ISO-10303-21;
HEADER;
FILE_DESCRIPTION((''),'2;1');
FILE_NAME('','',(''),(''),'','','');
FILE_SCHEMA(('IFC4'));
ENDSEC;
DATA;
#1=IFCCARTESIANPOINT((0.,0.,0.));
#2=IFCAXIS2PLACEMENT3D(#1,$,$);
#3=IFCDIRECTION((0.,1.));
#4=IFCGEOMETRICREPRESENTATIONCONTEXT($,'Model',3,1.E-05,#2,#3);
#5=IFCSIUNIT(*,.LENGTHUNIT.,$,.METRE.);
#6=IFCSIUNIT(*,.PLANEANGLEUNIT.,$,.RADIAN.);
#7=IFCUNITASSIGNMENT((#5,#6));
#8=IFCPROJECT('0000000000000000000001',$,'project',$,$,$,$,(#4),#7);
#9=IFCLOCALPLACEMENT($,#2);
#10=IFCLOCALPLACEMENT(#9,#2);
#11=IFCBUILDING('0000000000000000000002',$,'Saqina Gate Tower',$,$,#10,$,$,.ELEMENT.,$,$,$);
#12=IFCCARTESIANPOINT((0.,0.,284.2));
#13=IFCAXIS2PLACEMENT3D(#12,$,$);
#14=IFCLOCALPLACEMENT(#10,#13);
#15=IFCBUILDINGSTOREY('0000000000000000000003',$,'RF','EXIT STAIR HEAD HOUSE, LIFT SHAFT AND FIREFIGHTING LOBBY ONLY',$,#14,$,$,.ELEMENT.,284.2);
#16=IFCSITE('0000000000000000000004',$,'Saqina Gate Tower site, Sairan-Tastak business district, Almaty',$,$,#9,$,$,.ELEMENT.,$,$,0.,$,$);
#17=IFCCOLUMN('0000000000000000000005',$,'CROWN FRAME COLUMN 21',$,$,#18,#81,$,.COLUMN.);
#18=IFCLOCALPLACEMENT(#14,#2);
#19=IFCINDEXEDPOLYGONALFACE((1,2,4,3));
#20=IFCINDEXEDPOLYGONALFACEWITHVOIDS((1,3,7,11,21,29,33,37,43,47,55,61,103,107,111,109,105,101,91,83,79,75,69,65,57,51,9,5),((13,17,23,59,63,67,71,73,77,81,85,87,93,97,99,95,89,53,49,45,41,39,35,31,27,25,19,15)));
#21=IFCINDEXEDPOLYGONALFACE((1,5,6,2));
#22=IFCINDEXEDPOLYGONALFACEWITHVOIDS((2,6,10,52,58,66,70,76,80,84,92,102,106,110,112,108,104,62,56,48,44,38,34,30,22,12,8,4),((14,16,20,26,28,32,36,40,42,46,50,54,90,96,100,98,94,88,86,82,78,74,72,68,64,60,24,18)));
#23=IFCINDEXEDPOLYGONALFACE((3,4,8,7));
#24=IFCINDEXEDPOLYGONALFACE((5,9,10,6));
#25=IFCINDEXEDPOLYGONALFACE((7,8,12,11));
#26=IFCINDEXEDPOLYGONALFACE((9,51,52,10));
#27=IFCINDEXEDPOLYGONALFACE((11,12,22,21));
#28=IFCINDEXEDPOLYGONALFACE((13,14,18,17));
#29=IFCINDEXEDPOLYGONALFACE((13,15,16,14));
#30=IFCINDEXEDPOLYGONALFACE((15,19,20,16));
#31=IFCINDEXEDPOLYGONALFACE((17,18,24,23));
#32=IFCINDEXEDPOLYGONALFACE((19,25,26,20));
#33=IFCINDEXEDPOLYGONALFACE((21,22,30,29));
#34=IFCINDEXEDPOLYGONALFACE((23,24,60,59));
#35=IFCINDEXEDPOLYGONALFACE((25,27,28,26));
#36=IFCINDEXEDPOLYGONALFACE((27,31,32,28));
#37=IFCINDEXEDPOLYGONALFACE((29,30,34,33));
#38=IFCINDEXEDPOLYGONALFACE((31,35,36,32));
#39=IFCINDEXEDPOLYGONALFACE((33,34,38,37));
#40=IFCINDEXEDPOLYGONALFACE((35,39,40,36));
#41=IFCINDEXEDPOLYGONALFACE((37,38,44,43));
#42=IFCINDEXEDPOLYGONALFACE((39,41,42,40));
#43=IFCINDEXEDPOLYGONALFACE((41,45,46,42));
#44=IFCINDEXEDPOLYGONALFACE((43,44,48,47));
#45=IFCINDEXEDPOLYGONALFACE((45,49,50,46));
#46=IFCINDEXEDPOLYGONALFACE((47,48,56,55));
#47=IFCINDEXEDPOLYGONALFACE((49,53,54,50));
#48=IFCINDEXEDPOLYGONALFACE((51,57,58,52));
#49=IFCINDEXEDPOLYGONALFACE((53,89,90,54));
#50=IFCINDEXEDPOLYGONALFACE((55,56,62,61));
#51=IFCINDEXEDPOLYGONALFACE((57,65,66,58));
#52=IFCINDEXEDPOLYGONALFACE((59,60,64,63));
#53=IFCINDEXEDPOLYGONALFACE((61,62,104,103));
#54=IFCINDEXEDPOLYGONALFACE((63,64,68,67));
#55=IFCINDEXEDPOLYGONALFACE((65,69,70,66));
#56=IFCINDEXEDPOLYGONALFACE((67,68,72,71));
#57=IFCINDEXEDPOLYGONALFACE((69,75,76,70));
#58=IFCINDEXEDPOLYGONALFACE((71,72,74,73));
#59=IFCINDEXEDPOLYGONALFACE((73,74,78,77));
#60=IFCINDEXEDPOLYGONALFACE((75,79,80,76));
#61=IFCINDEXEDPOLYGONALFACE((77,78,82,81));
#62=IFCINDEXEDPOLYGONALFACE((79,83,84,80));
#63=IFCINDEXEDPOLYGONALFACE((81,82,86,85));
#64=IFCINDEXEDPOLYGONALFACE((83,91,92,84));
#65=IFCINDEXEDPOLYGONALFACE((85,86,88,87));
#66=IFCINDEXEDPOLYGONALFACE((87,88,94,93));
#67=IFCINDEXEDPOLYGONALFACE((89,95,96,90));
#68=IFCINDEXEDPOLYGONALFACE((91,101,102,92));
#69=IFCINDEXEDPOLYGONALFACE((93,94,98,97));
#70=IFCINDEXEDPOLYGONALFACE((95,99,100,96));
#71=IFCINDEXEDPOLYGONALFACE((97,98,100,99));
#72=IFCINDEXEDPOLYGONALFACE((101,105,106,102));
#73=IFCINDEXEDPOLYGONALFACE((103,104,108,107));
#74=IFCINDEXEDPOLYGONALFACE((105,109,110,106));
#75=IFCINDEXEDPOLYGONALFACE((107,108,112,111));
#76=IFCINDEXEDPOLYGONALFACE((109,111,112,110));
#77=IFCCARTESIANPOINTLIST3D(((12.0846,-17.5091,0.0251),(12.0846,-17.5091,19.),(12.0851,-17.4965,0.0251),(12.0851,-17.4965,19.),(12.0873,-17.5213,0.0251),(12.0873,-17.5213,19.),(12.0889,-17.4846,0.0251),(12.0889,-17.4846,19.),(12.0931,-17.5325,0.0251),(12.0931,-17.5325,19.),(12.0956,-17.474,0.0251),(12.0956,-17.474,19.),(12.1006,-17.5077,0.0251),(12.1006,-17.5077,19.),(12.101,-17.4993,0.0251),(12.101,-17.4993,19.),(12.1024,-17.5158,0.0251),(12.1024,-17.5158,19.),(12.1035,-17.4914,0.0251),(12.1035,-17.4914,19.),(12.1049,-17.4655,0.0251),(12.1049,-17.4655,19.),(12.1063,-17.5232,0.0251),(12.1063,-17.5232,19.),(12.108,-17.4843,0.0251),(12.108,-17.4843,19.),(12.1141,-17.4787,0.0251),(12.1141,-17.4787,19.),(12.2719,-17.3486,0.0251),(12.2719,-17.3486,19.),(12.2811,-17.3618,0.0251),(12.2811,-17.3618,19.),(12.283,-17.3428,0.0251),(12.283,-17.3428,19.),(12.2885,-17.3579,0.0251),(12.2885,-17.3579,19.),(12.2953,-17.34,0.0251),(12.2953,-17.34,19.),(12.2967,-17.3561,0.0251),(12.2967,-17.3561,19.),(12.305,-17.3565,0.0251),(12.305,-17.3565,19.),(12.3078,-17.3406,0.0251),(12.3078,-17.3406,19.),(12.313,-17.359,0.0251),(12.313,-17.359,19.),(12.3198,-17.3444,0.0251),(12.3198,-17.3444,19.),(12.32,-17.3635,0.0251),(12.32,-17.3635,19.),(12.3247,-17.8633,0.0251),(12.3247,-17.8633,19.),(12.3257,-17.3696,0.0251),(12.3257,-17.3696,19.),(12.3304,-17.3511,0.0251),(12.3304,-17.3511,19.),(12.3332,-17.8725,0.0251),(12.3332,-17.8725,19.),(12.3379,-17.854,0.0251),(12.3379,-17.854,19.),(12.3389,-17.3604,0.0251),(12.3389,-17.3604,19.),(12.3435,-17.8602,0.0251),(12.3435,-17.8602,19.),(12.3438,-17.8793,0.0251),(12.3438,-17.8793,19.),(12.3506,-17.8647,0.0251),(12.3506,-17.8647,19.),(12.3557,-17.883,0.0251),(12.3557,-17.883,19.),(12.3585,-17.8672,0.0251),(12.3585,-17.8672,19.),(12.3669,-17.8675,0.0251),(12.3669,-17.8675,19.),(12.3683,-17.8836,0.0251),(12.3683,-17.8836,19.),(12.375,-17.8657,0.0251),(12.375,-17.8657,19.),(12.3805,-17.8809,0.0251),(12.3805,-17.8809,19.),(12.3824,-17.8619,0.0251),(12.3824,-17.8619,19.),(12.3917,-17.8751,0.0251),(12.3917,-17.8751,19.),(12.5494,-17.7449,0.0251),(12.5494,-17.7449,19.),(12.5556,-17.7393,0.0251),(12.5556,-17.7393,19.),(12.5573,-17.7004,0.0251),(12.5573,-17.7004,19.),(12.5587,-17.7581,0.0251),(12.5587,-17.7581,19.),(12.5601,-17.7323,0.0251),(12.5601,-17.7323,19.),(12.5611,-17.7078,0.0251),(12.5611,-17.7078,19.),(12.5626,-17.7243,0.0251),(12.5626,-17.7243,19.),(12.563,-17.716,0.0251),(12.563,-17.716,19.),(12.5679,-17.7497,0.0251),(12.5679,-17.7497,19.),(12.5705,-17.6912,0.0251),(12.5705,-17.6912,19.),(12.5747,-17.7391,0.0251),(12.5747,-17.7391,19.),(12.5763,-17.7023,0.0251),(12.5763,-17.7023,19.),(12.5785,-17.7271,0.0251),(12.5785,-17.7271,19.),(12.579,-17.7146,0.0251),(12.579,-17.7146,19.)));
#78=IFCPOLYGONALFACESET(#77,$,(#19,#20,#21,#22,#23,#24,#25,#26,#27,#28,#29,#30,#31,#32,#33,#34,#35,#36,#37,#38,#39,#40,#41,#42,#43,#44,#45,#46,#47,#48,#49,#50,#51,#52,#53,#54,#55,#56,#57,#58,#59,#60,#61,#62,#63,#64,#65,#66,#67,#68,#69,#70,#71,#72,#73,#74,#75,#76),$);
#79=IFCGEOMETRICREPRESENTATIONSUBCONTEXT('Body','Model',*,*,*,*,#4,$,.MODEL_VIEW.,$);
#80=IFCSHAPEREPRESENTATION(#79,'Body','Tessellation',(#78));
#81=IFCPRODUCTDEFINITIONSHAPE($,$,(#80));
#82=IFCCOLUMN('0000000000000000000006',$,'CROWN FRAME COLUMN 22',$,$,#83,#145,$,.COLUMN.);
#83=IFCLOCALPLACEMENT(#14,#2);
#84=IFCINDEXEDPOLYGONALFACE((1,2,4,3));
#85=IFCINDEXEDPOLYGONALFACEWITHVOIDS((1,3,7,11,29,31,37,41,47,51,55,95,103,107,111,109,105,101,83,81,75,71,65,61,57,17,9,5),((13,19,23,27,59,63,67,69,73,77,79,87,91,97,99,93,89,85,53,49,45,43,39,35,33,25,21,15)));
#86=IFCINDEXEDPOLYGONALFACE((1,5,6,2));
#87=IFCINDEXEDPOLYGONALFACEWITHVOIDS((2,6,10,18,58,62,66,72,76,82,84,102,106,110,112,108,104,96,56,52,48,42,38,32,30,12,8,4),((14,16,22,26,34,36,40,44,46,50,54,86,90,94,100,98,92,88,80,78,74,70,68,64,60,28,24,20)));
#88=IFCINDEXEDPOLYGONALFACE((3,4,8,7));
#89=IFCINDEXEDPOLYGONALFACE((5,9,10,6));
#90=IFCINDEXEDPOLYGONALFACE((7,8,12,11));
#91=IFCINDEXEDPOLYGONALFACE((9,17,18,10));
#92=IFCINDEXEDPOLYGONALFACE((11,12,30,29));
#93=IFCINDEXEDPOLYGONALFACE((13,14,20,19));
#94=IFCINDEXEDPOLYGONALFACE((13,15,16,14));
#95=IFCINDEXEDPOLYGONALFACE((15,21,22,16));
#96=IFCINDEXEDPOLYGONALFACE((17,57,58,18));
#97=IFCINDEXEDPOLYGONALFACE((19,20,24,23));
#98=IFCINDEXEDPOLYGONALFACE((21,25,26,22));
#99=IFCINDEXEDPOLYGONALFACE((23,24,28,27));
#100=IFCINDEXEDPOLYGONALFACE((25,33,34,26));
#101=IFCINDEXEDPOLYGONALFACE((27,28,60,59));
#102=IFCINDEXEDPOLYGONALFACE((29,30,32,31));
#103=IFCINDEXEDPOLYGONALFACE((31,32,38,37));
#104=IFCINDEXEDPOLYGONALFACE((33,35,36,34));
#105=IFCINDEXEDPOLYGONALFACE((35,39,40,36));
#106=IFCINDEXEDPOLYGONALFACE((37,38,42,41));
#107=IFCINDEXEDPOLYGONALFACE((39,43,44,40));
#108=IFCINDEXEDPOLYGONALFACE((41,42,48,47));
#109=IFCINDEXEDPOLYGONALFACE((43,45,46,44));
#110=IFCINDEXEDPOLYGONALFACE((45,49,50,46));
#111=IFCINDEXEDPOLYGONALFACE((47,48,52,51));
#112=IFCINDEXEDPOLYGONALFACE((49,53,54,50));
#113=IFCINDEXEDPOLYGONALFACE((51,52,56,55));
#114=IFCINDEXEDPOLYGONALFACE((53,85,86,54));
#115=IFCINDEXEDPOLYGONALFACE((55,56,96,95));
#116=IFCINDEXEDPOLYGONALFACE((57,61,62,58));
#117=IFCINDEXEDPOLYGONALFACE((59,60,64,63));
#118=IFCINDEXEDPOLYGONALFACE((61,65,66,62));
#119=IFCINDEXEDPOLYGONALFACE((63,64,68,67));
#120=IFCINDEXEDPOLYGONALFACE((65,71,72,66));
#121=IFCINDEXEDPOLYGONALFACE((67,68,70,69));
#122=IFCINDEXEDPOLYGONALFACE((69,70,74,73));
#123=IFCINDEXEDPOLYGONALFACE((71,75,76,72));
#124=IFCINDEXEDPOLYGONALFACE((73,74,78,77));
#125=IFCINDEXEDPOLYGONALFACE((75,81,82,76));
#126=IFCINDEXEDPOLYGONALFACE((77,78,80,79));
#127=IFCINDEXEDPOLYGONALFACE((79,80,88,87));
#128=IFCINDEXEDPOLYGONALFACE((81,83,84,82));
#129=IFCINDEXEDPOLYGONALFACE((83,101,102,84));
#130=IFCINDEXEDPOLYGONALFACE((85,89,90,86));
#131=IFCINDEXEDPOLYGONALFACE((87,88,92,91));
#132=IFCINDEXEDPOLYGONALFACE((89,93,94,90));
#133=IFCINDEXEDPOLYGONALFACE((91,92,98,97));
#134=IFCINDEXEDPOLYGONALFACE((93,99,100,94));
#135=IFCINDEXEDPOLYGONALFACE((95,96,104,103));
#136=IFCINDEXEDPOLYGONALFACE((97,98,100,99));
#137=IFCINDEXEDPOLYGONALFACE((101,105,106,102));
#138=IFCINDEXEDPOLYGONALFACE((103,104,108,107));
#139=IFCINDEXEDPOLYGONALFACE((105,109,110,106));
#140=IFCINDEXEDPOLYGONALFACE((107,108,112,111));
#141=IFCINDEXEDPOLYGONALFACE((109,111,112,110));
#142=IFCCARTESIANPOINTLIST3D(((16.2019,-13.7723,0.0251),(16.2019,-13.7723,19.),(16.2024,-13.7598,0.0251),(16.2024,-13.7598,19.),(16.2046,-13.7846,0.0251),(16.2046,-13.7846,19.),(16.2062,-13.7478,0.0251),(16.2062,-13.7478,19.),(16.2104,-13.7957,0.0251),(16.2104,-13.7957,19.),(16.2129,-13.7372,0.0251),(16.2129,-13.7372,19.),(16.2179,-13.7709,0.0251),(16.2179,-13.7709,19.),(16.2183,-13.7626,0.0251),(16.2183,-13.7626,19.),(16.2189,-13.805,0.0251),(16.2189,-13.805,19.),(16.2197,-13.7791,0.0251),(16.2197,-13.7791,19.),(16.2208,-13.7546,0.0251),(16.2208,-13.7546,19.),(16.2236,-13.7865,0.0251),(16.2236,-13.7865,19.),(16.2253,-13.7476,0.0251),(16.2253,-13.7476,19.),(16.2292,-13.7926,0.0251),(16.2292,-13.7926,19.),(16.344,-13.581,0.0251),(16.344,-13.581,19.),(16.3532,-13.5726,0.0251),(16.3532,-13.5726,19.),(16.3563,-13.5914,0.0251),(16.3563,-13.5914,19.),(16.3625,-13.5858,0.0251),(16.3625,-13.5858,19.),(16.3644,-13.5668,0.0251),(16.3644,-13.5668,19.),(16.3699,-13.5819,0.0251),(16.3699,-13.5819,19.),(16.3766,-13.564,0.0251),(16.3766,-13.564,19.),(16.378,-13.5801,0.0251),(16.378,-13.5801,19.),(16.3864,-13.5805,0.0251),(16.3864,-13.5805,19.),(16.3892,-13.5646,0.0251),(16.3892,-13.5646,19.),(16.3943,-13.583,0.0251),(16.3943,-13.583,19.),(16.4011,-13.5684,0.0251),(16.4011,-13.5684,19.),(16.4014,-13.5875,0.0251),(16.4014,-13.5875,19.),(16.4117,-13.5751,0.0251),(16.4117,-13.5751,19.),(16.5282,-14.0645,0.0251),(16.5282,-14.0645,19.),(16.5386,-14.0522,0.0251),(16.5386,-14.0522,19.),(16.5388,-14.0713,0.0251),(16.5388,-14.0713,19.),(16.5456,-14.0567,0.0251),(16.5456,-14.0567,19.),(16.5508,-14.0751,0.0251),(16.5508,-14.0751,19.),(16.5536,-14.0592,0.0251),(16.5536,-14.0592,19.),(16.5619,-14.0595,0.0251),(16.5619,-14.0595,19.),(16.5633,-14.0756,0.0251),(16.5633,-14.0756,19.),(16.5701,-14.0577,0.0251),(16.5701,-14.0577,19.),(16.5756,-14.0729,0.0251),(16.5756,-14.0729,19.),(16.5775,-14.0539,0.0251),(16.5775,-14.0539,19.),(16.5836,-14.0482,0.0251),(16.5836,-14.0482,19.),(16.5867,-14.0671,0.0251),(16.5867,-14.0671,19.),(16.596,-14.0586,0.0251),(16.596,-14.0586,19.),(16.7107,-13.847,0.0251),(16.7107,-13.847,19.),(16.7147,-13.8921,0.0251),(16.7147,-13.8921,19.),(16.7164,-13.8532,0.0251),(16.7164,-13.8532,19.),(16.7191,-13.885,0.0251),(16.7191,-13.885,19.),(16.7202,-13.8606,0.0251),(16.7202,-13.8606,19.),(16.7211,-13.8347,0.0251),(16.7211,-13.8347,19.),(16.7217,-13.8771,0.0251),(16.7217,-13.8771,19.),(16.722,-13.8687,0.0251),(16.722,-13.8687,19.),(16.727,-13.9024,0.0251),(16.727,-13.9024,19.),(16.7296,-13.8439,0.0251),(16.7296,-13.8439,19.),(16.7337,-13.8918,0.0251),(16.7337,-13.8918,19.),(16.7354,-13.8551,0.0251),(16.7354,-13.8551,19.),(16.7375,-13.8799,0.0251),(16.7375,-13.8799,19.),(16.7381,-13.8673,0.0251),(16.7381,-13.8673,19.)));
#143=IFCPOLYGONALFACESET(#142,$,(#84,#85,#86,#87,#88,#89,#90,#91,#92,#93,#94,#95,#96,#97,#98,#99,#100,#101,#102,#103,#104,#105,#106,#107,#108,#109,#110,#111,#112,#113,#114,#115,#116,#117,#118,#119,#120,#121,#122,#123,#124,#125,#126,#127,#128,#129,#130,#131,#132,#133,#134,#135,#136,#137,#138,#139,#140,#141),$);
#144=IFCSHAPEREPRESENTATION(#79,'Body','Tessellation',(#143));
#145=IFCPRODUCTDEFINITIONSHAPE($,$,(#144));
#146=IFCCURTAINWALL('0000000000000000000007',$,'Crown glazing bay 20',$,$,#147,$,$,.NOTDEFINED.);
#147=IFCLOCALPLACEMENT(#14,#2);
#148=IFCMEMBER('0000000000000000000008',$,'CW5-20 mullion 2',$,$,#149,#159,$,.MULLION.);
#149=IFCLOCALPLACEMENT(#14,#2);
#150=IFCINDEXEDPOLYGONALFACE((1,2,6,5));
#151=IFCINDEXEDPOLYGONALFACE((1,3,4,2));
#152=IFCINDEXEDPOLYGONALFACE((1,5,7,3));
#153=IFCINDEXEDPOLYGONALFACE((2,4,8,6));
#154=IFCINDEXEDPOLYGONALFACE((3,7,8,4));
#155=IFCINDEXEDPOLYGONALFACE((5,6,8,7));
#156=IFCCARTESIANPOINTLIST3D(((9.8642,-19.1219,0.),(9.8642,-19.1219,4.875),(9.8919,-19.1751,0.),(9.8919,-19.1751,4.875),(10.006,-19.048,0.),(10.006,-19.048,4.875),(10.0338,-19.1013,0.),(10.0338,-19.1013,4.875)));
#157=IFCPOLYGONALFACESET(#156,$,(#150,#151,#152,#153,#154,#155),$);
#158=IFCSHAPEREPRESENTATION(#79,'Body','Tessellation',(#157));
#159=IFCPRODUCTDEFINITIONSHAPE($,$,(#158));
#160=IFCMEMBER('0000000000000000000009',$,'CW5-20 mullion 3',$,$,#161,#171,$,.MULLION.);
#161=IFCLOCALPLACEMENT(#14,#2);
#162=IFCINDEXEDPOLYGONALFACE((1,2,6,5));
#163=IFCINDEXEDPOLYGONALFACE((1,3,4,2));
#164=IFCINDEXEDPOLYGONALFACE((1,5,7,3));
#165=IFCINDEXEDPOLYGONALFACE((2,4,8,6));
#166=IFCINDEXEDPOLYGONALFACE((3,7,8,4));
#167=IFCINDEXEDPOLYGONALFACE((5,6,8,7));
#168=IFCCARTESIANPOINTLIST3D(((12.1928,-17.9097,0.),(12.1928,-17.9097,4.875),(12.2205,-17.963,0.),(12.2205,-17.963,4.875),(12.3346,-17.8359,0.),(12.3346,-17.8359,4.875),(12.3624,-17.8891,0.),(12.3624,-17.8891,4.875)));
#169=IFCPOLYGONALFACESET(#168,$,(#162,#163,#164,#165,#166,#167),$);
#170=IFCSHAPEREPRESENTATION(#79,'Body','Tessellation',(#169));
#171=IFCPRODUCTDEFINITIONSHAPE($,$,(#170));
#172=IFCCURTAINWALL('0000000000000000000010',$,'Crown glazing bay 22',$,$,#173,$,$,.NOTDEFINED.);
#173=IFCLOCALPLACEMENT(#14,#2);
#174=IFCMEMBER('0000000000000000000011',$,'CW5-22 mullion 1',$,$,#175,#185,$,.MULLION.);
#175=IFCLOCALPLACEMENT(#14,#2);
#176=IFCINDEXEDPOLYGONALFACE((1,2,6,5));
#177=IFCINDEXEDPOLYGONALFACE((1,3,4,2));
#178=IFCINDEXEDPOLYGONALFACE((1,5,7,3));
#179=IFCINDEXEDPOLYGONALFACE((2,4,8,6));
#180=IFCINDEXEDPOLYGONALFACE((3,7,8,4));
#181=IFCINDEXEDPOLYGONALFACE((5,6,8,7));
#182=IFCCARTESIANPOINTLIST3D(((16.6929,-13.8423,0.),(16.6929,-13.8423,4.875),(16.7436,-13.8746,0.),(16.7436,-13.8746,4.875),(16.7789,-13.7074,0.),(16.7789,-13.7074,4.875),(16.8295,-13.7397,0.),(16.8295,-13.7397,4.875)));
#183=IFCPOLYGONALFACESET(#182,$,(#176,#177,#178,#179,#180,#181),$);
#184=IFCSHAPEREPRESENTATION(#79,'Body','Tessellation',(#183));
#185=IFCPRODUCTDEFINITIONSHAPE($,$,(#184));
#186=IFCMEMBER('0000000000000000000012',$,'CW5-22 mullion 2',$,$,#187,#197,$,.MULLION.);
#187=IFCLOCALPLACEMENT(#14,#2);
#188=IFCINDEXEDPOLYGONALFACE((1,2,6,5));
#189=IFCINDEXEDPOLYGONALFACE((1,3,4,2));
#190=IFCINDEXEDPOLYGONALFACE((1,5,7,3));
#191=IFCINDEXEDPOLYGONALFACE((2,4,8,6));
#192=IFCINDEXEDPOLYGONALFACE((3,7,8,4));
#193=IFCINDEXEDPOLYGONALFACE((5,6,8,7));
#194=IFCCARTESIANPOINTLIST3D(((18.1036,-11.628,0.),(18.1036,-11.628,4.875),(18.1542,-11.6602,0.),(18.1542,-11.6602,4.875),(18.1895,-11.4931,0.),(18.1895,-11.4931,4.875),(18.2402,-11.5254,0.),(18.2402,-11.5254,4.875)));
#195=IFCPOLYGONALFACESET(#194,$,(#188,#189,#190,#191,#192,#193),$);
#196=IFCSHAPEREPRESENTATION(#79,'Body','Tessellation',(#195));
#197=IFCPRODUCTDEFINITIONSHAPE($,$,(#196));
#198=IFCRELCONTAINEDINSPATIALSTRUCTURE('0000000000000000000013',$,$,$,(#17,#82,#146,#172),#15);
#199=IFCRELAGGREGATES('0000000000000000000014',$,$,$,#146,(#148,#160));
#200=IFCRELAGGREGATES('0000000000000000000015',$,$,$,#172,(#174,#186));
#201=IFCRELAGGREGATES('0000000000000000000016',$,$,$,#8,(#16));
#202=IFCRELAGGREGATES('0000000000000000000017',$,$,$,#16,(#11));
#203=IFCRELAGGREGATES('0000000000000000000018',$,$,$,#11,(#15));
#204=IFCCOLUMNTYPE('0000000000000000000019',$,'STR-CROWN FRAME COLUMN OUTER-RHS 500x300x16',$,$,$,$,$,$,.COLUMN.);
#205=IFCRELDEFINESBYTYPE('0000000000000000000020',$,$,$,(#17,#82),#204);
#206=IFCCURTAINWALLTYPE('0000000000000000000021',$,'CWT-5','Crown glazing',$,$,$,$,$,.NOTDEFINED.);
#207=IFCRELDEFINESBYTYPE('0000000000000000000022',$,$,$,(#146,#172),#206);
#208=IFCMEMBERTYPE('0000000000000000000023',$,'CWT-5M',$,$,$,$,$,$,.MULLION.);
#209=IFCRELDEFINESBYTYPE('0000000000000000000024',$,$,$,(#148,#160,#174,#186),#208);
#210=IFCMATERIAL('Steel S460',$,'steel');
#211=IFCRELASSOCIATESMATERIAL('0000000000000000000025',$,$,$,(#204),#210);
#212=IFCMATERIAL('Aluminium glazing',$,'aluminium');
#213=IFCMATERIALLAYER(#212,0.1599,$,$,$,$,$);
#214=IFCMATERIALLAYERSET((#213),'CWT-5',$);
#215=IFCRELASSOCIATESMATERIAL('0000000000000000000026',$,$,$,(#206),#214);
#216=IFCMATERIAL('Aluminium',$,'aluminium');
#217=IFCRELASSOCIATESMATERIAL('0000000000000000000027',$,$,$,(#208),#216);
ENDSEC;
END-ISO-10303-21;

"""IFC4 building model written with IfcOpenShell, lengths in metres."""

from ifc_helpers import new_model, si_unit, direction, frame, origin, origin_2d, place, context, subcontext, project, spatial, rectangle, hollow_rectangle, extrude, material, layer, layer_set, material_profile, profile_set, type_object, element, aggregate, save


model = new_model("IFC4")

# Units and contexts
model_context = context("Model", 3, precision=1e-05, world=origin(), true_north=direction((0.0, 1.0)))
body_context = subcontext(model_context, "Body", "Model", "MODEL_VIEW")
ifc_project = project(units=[si_unit("LENGTHUNIT", "METRE"), si_unit("PLANEANGLEUNIT", "RADIAN")], contexts=[model_context])

# Site, building, storey
site_placement = place(None, origin())
site = spatial("IfcSite", under=ifc_project, at=site_placement, Name="Saqina Gate Tower site, Sairan-Tastak business district, Almaty", CompositionType="ELEMENT", RefElevation=0.0)
building_placement = place(site_placement, origin())
building = spatial("IfcBuilding", under=site, at=building_placement, Name="Saqina Gate Tower", CompositionType="ELEMENT")
storey_placement = place(building_placement, frame((0.0, 0.0, 284.2)))
storey = spatial("IfcBuildingStorey", under=building, at=storey_placement, Name="RF", Description="EXIT STAIR HEAD HOUSE, LIFT SHAFT AND FIREFIGHTING LOBBY ONLY", CompositionType="ELEMENT", Elevation=284.2)

# Columns
ifc_material_1 = material(Name="Steel S460", Category="steel")
ifc_material_profile_1 = material_profile(ifc_material_1, hollow_rectangle(XDim=0.3, YDim=0.5, WallThickness=0.0161, InnerFilletRadius=0.032, OuterFilletRadius=0.0481, at=origin_2d()), Name="RHS 500x300x16")
ifc_profile_set_1 = profile_set([ifc_material_profile_1], Name="Steel S460")
column_type = type_object("IfcColumnType", Name="STR-CROWN FRAME COLUMN OUTER-RHS 500x300x16", PredefinedType="COLUMN", material=ifc_profile_set_1)
for number, where, z_axis, x_axis, name in (
    (1, (12.3318, -17.6118, 0.0251), (0.0, 0.0, 1.0), (0.819152, 0.573576, 0.0), "CROWN FRAME COLUMN 21"),
    (2, (16.47, -13.8198, 0.0251), (0.0, 0.0, 1.0), (0.642788, 0.766044, 0.0), "CROWN FRAME COLUMN 22"),
):
    element("IfcColumn", number, at=place(storey_placement, frame(where, z_axis=z_axis, x_axis=x_axis)), inside=storey, type_object=column_type, Name=name, PredefinedType="COLUMN", context=body_context, shape_type="SweptSolid", body=[
        extrude(hollow_rectangle(XDim=0.3, YDim=0.5, WallThickness=0.0161, InnerFilletRadius=0.032, OuterFilletRadius=0.0481, at=origin_2d()), origin(), (0.0, 0.0, 1.0), 18.9749),
    ])

# Curtain walls, members
ifc_material_2 = material(Name="Aluminium glazing", Category="aluminium")
ifc_layer_1 = layer(ifc_material_2, 0.1599)
ifc_layer_set_1 = layer_set([ifc_layer_1], Name="CWT-5")
curtain_wall_type = type_object("IfcCurtainWallType", Name="CWT-5", Description="Crown glazing", PredefinedType="NOTDEFINED", material=ifc_layer_set_1)
curtain_wall_1_placement = place(storey_placement, origin())
curtain_wall_1 = element("IfcCurtainWall", 3, at=curtain_wall_1_placement, inside=storey, type_object=curtain_wall_type, Name="Crown glazing bay 20", PredefinedType="NOTDEFINED")
ifc_material_3 = material(Name="Aluminium", Category="aluminium")
ifc_material_profile_2 = material_profile(ifc_material_3, rectangle(XDim=0.0601, YDim=0.1599, at=origin_2d()), Name="Aluminium 60x160")
ifc_profile_set_2 = profile_set([ifc_material_profile_2], Name="Aluminium")
member_type_1 = type_object("IfcMemberType", Name="CWT-5M", PredefinedType="MULLION", material=ifc_profile_set_2)
member_1_placement = place(storey_placement, frame((9.949, -19.1116, 0.0), z_axis=(0.0, 0.0, 1.0), x_axis=(-0.461751, 0.88701, 0.0)))
member_1 = element("IfcMember", 4, at=member_1_placement, type_object=member_type_1, Name="CW5-20 mullion 2", PredefinedType="MULLION", context=body_context, shape_type="SweptSolid", body=[
    extrude(rectangle(XDim=0.0601, YDim=0.1599, at=origin_2d()), origin(), (0.0, 0.0, 1.0), 4.875),
])
member_2_placement = place(storey_placement, frame((12.2776, -17.8994, 0.0), z_axis=(0.0, 0.0, 1.0), x_axis=(-0.461751, 0.88701, 0.0)))
member_2 = element("IfcMember", 5, at=member_2_placement, type_object=member_type_1, Name="CW5-20 mullion 3", PredefinedType="MULLION", context=body_context, shape_type="SweptSolid", body=[
    extrude(rectangle(XDim=0.0601, YDim=0.1599, at=origin_2d()), origin(), (0.0, 0.0, 1.0), 4.875),
])
curtain_wall_2_placement = place(storey_placement, origin())
curtain_wall_2 = element("IfcCurtainWall", 6, at=curtain_wall_2_placement, inside=storey, type_object=curtain_wall_type, Name="Crown glazing bay 22", PredefinedType="NOTDEFINED")
member_3_placement = place(storey_placement, frame((16.7612, -13.791, 0.0), z_axis=(0.0, 0.0, 1.0), x_axis=(-0.843395, 0.537295, 0.0)))
member_3 = element("IfcMember", 7, at=member_3_placement, type_object=member_type_1, Name="CW5-22 mullion 1", PredefinedType="MULLION", context=body_context, shape_type="SweptSolid", body=[
    extrude(rectangle(XDim=0.0601, YDim=0.1599, at=origin_2d()), origin(), (0.0, 0.0, 1.0), 4.875),
])
member_4_placement = place(storey_placement, frame((18.1719, -11.5767, 0.0), z_axis=(0.0, 0.0, 1.0), x_axis=(-0.843395, 0.537295, 0.0)))
member_4 = element("IfcMember", 8, at=member_4_placement, type_object=member_type_1, Name="CW5-22 mullion 2", PredefinedType="MULLION", context=body_context, shape_type="SweptSolid", body=[
    extrude(rectangle(XDim=0.0601, YDim=0.1599, at=origin_2d()), origin(), (0.0, 0.0, 1.0), 4.875),
])

aggregate(curtain_wall_1, [member_1, member_2])
aggregate(curtain_wall_2, [member_3, member_4])

save(model, "model.ifc")
